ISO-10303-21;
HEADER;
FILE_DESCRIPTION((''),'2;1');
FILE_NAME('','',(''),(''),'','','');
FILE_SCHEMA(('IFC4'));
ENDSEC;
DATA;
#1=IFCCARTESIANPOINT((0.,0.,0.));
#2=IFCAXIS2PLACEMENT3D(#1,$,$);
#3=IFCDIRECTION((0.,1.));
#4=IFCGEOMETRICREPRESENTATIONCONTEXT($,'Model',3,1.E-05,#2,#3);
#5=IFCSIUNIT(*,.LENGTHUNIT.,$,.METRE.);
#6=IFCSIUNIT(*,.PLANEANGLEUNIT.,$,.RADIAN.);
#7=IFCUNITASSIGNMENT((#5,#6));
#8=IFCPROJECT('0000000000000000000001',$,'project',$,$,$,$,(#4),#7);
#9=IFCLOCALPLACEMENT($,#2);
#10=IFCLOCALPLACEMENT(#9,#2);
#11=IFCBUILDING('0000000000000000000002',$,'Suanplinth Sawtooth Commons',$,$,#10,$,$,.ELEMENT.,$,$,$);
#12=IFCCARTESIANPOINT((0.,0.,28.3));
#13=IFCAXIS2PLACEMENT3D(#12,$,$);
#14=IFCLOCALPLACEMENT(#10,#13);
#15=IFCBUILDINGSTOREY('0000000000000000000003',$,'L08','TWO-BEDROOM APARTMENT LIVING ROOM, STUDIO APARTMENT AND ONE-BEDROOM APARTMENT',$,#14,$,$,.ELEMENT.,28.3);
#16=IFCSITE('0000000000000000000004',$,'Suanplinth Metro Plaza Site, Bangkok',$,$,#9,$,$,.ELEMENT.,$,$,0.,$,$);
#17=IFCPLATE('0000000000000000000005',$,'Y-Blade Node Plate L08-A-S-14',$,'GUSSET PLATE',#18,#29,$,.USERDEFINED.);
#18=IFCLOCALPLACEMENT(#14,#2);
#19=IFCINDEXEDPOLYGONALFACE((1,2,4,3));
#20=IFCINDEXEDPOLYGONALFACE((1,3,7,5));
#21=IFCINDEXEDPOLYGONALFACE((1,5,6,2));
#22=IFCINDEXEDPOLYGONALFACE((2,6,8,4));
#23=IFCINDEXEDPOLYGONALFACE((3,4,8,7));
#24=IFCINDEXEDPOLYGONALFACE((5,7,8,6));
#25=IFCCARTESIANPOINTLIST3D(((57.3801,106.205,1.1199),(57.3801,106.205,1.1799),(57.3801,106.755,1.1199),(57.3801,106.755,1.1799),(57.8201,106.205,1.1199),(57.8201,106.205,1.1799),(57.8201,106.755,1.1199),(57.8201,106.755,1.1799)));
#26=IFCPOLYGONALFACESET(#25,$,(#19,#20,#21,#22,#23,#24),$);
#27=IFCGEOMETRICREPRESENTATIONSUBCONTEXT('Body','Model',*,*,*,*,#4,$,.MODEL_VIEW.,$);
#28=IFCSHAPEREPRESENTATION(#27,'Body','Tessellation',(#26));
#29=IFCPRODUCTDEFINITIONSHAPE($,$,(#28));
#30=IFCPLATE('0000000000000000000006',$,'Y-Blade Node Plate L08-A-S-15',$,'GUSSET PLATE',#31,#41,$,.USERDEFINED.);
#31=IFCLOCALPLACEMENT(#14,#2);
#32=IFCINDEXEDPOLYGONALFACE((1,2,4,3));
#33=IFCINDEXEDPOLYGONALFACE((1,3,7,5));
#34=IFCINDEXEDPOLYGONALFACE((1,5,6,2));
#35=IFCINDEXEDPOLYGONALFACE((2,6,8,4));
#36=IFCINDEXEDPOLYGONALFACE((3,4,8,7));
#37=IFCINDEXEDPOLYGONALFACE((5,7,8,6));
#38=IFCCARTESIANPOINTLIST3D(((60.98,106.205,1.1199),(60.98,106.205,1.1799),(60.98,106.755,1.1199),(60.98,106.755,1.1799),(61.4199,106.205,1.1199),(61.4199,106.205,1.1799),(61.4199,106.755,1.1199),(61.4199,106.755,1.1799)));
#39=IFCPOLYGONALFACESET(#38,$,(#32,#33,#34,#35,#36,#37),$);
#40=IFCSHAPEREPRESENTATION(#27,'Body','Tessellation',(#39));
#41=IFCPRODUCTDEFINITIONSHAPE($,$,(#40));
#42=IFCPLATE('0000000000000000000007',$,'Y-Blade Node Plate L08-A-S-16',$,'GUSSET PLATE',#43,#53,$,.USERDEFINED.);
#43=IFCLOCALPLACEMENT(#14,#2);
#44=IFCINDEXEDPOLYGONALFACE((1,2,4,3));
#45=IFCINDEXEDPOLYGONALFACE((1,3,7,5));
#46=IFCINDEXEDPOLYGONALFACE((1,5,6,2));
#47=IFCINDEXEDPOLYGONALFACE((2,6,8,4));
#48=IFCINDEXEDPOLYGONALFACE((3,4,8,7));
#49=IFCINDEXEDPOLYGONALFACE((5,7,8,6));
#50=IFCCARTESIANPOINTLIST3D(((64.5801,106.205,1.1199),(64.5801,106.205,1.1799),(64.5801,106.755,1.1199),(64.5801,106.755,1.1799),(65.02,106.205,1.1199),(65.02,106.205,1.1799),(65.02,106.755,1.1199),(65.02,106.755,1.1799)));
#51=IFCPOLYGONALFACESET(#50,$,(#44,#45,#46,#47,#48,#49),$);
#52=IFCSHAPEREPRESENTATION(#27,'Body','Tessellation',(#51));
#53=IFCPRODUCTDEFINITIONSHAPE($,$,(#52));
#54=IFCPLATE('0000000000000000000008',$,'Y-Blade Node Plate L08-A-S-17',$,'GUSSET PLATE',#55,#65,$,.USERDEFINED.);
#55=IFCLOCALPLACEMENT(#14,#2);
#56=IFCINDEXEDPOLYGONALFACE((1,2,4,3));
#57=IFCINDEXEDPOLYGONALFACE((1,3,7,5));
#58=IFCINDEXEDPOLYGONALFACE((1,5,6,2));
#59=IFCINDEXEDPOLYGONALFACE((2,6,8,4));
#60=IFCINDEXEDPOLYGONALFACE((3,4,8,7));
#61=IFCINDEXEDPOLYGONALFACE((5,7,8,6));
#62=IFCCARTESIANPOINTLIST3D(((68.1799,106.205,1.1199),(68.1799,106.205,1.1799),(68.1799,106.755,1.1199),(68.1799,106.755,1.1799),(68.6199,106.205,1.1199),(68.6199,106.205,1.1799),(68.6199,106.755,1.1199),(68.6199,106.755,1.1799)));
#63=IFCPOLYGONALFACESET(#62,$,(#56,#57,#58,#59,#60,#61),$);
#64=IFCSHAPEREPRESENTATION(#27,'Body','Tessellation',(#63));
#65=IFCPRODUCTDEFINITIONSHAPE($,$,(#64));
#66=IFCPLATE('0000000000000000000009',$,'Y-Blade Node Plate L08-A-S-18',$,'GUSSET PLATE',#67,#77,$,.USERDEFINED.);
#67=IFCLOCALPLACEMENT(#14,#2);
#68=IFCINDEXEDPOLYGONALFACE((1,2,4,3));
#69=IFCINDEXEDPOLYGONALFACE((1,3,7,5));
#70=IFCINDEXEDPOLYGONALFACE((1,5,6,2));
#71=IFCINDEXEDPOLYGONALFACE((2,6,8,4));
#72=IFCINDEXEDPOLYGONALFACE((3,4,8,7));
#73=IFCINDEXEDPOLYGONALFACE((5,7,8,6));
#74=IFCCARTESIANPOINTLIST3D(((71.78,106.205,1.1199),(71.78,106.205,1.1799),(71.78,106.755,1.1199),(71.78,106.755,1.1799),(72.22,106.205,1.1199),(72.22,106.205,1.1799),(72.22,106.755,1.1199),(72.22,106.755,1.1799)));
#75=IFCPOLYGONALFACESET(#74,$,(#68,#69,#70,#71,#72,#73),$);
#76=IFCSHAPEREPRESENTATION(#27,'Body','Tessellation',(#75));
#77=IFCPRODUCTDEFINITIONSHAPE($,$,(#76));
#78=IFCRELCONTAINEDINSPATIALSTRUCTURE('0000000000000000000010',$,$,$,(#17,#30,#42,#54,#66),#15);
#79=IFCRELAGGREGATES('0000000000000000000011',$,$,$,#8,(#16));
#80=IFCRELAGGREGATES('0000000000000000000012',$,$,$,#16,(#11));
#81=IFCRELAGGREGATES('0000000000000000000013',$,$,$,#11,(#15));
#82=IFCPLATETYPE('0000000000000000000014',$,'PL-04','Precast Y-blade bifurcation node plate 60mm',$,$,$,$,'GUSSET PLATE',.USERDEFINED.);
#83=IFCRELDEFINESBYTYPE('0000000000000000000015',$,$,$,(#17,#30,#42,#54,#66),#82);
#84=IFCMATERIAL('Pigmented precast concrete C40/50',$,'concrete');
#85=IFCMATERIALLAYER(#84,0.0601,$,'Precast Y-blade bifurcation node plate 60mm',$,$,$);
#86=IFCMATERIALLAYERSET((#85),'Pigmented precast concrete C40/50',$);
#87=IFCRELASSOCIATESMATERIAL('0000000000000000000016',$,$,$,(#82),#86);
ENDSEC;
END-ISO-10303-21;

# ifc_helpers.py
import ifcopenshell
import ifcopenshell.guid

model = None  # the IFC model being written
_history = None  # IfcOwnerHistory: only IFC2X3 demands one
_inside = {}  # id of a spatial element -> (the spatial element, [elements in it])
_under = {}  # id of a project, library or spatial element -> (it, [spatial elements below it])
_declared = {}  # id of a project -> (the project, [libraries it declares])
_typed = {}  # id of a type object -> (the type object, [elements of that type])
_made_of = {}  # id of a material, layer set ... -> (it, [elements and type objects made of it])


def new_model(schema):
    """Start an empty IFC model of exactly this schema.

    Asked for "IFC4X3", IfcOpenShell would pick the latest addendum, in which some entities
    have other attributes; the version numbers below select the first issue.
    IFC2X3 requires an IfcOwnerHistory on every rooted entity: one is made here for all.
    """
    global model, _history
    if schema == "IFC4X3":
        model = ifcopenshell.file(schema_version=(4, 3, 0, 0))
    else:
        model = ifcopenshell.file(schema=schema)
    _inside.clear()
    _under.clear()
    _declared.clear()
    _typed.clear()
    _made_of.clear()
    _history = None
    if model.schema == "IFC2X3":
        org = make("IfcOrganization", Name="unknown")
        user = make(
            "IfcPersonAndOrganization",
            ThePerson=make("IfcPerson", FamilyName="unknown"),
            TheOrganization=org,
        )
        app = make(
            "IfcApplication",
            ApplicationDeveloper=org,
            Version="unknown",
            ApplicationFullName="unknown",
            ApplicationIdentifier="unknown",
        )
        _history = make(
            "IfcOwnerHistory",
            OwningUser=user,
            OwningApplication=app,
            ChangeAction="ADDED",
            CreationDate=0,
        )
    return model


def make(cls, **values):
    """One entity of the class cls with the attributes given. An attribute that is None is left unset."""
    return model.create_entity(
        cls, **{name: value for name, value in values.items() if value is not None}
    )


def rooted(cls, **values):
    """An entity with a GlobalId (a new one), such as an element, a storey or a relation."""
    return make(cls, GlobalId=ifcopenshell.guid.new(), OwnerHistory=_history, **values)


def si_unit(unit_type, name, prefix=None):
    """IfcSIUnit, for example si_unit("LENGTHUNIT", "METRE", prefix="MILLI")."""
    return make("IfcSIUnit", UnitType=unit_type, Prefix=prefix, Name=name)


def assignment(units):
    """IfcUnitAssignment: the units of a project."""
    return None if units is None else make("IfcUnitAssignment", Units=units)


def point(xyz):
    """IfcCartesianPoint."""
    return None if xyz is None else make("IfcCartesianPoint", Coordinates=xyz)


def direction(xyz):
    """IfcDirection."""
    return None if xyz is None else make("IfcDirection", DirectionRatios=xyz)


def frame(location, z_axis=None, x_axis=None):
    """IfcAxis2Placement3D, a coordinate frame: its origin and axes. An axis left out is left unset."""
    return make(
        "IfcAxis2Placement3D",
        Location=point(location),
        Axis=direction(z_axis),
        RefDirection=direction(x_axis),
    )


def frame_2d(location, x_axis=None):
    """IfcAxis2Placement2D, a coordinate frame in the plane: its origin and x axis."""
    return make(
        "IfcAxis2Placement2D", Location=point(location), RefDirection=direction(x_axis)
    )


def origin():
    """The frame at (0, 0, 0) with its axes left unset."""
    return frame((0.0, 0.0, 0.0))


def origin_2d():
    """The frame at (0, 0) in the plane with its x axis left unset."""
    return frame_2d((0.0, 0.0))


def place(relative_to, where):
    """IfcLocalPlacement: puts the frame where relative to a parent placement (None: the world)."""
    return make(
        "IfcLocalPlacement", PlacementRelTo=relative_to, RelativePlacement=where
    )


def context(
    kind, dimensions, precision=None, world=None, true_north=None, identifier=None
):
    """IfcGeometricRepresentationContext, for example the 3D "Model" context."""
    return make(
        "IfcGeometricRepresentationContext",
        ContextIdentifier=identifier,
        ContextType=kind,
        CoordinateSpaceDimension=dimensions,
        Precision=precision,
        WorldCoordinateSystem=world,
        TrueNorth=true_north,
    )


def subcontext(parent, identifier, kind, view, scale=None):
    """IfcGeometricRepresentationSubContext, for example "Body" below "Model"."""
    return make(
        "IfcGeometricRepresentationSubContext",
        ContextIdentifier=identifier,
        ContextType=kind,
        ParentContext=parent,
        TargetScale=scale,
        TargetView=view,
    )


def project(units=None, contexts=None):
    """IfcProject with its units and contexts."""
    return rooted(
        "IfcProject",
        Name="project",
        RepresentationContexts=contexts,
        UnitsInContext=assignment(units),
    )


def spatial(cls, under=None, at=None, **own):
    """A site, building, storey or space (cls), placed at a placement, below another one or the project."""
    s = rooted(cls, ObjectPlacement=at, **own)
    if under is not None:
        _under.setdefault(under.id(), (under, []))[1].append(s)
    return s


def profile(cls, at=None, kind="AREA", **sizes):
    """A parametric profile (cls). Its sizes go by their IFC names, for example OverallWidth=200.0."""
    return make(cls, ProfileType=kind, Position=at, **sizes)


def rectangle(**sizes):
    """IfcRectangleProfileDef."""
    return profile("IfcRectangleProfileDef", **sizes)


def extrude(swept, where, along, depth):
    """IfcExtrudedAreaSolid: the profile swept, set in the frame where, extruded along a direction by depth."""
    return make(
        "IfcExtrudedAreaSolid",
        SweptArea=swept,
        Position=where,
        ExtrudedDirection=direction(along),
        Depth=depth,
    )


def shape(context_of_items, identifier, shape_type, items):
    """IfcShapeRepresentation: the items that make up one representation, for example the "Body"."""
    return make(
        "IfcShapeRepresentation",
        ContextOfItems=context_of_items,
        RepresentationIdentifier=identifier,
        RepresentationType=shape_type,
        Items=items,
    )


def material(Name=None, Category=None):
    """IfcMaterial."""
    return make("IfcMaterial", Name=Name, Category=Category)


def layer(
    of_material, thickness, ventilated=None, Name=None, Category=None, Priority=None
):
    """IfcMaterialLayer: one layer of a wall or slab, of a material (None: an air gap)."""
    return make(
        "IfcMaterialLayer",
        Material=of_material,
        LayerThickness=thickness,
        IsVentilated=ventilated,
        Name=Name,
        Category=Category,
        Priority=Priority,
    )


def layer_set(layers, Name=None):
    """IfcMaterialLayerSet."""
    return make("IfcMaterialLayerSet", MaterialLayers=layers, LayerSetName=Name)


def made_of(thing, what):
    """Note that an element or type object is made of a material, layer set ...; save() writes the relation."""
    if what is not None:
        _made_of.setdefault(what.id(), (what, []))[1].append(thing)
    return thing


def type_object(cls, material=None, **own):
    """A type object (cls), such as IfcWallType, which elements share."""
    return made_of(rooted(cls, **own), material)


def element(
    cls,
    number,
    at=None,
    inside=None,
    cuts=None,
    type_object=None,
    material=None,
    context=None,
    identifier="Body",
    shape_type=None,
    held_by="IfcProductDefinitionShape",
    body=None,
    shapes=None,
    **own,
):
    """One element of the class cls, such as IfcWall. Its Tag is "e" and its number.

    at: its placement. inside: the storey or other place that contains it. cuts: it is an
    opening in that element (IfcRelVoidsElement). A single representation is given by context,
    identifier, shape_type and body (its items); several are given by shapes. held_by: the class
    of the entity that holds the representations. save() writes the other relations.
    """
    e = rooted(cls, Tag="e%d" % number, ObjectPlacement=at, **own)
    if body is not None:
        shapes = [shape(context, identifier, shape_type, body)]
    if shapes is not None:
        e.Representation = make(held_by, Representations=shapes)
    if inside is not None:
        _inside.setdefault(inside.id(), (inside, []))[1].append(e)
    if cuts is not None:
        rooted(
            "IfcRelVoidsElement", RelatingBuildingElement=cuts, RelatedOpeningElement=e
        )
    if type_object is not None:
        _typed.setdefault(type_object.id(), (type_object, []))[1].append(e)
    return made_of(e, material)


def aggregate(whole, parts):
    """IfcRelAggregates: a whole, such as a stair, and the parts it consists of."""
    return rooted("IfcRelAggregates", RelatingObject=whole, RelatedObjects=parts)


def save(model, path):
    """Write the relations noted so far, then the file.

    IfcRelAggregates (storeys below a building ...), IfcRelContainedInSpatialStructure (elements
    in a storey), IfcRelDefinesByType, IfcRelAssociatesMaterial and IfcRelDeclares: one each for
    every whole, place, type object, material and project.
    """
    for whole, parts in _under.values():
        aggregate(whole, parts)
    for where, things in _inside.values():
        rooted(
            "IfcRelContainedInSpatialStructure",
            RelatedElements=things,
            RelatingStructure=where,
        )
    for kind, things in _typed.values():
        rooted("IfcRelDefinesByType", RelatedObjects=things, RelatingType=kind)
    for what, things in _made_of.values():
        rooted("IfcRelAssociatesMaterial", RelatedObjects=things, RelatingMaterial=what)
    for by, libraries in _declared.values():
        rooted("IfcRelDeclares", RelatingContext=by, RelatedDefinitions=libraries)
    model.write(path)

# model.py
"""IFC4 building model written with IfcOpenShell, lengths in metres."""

from ifc_helpers import new_model, si_unit, direction, frame, origin, origin_2d, place, context, subcontext, project, spatial, rectangle, extrude, material, layer, layer_set, type_object, element, save


model = new_model("IFC4")

# Units and contexts
model_context = context("Model", 3, precision=1e-05, world=origin(), true_north=direction((0.0, 1.0)))
body_context = subcontext(model_context, "Body", "Model", "MODEL_VIEW")
ifc_project = project(units=[si_unit("LENGTHUNIT", "METRE"), si_unit("PLANEANGLEUNIT", "RADIAN")], contexts=[model_context])

# Site, building, storey
site_placement = place(None, origin())
site = spatial("IfcSite", under=ifc_project, at=site_placement, Name="Suanplinth Metro Plaza Site, Bangkok", CompositionType="ELEMENT", RefElevation=0.0)
building_placement = place(site_placement, origin())
building = spatial("IfcBuilding", under=site, at=building_placement, Name="Suanplinth Sawtooth Commons", CompositionType="ELEMENT")
storey_placement = place(building_placement, frame((0.0, 0.0, 28.3)))
storey = spatial("IfcBuildingStorey", under=building, at=storey_placement, Name="L08", Description="TWO-BEDROOM APARTMENT LIVING ROOM, STUDIO APARTMENT AND ONE-BEDROOM APARTMENT", CompositionType="ELEMENT", Elevation=28.3)

# Shared definitions
ifc_material = material(Name="Pigmented precast concrete C40/50", Category="concrete")

# Plates
ifc_layer = layer(ifc_material, 0.0601, Name="Precast Y-blade bifurcation node plate 60mm")
ifc_layer_set = layer_set([ifc_layer], Name="Pigmented precast concrete C40/50")
plate_type = type_object("IfcPlateType", Name="PL-04", Description="Precast Y-blade bifurcation node plate 60mm", ElementType="GUSSET PLATE", PredefinedType="USERDEFINED", material=ifc_layer_set)
for number, where, z_axis, x_axis, name in (
    (1, (57.6001, 106.48, 1.1199), (0.0, 0.0, 1.0), (1.0, 0.0, 0.0), "Y-Blade Node Plate L08-A-S-14"),
    (2, (61.2, 106.48, 1.1199), (0.0, 0.0, 1.0), (1.0, 0.0, 0.0), "Y-Blade Node Plate L08-A-S-15"),
    (3, (64.8, 106.48, 1.1199), (0.0, 0.0, 1.0), (1.0, 0.0, 0.0), "Y-Blade Node Plate L08-A-S-16"),
    (4, (68.3999, 106.48, 1.1199), (0.0, 0.0, 1.0), (1.0, 0.0, 0.0), "Y-Blade Node Plate L08-A-S-17"),
    (5, (72.0, 106.48, 1.1199), (0.0, 0.0, 1.0), (1.0, 0.0, 0.0), "Y-Blade Node Plate L08-A-S-18"),
):
    element("IfcPlate", number, at=place(storey_placement, frame(where, z_axis=z_axis, x_axis=x_axis)), inside=storey, type_object=plate_type, Name=name, ObjectType="GUSSET PLATE", PredefinedType="USERDEFINED", context=body_context, shape_type="SweptSolid", body=[
        extrude(rectangle(XDim=0.4399, YDim=0.55, at=origin_2d()), origin(), (0.0, 0.0, 1.0), 0.0601),
    ])

save(model, "model.ifc")
